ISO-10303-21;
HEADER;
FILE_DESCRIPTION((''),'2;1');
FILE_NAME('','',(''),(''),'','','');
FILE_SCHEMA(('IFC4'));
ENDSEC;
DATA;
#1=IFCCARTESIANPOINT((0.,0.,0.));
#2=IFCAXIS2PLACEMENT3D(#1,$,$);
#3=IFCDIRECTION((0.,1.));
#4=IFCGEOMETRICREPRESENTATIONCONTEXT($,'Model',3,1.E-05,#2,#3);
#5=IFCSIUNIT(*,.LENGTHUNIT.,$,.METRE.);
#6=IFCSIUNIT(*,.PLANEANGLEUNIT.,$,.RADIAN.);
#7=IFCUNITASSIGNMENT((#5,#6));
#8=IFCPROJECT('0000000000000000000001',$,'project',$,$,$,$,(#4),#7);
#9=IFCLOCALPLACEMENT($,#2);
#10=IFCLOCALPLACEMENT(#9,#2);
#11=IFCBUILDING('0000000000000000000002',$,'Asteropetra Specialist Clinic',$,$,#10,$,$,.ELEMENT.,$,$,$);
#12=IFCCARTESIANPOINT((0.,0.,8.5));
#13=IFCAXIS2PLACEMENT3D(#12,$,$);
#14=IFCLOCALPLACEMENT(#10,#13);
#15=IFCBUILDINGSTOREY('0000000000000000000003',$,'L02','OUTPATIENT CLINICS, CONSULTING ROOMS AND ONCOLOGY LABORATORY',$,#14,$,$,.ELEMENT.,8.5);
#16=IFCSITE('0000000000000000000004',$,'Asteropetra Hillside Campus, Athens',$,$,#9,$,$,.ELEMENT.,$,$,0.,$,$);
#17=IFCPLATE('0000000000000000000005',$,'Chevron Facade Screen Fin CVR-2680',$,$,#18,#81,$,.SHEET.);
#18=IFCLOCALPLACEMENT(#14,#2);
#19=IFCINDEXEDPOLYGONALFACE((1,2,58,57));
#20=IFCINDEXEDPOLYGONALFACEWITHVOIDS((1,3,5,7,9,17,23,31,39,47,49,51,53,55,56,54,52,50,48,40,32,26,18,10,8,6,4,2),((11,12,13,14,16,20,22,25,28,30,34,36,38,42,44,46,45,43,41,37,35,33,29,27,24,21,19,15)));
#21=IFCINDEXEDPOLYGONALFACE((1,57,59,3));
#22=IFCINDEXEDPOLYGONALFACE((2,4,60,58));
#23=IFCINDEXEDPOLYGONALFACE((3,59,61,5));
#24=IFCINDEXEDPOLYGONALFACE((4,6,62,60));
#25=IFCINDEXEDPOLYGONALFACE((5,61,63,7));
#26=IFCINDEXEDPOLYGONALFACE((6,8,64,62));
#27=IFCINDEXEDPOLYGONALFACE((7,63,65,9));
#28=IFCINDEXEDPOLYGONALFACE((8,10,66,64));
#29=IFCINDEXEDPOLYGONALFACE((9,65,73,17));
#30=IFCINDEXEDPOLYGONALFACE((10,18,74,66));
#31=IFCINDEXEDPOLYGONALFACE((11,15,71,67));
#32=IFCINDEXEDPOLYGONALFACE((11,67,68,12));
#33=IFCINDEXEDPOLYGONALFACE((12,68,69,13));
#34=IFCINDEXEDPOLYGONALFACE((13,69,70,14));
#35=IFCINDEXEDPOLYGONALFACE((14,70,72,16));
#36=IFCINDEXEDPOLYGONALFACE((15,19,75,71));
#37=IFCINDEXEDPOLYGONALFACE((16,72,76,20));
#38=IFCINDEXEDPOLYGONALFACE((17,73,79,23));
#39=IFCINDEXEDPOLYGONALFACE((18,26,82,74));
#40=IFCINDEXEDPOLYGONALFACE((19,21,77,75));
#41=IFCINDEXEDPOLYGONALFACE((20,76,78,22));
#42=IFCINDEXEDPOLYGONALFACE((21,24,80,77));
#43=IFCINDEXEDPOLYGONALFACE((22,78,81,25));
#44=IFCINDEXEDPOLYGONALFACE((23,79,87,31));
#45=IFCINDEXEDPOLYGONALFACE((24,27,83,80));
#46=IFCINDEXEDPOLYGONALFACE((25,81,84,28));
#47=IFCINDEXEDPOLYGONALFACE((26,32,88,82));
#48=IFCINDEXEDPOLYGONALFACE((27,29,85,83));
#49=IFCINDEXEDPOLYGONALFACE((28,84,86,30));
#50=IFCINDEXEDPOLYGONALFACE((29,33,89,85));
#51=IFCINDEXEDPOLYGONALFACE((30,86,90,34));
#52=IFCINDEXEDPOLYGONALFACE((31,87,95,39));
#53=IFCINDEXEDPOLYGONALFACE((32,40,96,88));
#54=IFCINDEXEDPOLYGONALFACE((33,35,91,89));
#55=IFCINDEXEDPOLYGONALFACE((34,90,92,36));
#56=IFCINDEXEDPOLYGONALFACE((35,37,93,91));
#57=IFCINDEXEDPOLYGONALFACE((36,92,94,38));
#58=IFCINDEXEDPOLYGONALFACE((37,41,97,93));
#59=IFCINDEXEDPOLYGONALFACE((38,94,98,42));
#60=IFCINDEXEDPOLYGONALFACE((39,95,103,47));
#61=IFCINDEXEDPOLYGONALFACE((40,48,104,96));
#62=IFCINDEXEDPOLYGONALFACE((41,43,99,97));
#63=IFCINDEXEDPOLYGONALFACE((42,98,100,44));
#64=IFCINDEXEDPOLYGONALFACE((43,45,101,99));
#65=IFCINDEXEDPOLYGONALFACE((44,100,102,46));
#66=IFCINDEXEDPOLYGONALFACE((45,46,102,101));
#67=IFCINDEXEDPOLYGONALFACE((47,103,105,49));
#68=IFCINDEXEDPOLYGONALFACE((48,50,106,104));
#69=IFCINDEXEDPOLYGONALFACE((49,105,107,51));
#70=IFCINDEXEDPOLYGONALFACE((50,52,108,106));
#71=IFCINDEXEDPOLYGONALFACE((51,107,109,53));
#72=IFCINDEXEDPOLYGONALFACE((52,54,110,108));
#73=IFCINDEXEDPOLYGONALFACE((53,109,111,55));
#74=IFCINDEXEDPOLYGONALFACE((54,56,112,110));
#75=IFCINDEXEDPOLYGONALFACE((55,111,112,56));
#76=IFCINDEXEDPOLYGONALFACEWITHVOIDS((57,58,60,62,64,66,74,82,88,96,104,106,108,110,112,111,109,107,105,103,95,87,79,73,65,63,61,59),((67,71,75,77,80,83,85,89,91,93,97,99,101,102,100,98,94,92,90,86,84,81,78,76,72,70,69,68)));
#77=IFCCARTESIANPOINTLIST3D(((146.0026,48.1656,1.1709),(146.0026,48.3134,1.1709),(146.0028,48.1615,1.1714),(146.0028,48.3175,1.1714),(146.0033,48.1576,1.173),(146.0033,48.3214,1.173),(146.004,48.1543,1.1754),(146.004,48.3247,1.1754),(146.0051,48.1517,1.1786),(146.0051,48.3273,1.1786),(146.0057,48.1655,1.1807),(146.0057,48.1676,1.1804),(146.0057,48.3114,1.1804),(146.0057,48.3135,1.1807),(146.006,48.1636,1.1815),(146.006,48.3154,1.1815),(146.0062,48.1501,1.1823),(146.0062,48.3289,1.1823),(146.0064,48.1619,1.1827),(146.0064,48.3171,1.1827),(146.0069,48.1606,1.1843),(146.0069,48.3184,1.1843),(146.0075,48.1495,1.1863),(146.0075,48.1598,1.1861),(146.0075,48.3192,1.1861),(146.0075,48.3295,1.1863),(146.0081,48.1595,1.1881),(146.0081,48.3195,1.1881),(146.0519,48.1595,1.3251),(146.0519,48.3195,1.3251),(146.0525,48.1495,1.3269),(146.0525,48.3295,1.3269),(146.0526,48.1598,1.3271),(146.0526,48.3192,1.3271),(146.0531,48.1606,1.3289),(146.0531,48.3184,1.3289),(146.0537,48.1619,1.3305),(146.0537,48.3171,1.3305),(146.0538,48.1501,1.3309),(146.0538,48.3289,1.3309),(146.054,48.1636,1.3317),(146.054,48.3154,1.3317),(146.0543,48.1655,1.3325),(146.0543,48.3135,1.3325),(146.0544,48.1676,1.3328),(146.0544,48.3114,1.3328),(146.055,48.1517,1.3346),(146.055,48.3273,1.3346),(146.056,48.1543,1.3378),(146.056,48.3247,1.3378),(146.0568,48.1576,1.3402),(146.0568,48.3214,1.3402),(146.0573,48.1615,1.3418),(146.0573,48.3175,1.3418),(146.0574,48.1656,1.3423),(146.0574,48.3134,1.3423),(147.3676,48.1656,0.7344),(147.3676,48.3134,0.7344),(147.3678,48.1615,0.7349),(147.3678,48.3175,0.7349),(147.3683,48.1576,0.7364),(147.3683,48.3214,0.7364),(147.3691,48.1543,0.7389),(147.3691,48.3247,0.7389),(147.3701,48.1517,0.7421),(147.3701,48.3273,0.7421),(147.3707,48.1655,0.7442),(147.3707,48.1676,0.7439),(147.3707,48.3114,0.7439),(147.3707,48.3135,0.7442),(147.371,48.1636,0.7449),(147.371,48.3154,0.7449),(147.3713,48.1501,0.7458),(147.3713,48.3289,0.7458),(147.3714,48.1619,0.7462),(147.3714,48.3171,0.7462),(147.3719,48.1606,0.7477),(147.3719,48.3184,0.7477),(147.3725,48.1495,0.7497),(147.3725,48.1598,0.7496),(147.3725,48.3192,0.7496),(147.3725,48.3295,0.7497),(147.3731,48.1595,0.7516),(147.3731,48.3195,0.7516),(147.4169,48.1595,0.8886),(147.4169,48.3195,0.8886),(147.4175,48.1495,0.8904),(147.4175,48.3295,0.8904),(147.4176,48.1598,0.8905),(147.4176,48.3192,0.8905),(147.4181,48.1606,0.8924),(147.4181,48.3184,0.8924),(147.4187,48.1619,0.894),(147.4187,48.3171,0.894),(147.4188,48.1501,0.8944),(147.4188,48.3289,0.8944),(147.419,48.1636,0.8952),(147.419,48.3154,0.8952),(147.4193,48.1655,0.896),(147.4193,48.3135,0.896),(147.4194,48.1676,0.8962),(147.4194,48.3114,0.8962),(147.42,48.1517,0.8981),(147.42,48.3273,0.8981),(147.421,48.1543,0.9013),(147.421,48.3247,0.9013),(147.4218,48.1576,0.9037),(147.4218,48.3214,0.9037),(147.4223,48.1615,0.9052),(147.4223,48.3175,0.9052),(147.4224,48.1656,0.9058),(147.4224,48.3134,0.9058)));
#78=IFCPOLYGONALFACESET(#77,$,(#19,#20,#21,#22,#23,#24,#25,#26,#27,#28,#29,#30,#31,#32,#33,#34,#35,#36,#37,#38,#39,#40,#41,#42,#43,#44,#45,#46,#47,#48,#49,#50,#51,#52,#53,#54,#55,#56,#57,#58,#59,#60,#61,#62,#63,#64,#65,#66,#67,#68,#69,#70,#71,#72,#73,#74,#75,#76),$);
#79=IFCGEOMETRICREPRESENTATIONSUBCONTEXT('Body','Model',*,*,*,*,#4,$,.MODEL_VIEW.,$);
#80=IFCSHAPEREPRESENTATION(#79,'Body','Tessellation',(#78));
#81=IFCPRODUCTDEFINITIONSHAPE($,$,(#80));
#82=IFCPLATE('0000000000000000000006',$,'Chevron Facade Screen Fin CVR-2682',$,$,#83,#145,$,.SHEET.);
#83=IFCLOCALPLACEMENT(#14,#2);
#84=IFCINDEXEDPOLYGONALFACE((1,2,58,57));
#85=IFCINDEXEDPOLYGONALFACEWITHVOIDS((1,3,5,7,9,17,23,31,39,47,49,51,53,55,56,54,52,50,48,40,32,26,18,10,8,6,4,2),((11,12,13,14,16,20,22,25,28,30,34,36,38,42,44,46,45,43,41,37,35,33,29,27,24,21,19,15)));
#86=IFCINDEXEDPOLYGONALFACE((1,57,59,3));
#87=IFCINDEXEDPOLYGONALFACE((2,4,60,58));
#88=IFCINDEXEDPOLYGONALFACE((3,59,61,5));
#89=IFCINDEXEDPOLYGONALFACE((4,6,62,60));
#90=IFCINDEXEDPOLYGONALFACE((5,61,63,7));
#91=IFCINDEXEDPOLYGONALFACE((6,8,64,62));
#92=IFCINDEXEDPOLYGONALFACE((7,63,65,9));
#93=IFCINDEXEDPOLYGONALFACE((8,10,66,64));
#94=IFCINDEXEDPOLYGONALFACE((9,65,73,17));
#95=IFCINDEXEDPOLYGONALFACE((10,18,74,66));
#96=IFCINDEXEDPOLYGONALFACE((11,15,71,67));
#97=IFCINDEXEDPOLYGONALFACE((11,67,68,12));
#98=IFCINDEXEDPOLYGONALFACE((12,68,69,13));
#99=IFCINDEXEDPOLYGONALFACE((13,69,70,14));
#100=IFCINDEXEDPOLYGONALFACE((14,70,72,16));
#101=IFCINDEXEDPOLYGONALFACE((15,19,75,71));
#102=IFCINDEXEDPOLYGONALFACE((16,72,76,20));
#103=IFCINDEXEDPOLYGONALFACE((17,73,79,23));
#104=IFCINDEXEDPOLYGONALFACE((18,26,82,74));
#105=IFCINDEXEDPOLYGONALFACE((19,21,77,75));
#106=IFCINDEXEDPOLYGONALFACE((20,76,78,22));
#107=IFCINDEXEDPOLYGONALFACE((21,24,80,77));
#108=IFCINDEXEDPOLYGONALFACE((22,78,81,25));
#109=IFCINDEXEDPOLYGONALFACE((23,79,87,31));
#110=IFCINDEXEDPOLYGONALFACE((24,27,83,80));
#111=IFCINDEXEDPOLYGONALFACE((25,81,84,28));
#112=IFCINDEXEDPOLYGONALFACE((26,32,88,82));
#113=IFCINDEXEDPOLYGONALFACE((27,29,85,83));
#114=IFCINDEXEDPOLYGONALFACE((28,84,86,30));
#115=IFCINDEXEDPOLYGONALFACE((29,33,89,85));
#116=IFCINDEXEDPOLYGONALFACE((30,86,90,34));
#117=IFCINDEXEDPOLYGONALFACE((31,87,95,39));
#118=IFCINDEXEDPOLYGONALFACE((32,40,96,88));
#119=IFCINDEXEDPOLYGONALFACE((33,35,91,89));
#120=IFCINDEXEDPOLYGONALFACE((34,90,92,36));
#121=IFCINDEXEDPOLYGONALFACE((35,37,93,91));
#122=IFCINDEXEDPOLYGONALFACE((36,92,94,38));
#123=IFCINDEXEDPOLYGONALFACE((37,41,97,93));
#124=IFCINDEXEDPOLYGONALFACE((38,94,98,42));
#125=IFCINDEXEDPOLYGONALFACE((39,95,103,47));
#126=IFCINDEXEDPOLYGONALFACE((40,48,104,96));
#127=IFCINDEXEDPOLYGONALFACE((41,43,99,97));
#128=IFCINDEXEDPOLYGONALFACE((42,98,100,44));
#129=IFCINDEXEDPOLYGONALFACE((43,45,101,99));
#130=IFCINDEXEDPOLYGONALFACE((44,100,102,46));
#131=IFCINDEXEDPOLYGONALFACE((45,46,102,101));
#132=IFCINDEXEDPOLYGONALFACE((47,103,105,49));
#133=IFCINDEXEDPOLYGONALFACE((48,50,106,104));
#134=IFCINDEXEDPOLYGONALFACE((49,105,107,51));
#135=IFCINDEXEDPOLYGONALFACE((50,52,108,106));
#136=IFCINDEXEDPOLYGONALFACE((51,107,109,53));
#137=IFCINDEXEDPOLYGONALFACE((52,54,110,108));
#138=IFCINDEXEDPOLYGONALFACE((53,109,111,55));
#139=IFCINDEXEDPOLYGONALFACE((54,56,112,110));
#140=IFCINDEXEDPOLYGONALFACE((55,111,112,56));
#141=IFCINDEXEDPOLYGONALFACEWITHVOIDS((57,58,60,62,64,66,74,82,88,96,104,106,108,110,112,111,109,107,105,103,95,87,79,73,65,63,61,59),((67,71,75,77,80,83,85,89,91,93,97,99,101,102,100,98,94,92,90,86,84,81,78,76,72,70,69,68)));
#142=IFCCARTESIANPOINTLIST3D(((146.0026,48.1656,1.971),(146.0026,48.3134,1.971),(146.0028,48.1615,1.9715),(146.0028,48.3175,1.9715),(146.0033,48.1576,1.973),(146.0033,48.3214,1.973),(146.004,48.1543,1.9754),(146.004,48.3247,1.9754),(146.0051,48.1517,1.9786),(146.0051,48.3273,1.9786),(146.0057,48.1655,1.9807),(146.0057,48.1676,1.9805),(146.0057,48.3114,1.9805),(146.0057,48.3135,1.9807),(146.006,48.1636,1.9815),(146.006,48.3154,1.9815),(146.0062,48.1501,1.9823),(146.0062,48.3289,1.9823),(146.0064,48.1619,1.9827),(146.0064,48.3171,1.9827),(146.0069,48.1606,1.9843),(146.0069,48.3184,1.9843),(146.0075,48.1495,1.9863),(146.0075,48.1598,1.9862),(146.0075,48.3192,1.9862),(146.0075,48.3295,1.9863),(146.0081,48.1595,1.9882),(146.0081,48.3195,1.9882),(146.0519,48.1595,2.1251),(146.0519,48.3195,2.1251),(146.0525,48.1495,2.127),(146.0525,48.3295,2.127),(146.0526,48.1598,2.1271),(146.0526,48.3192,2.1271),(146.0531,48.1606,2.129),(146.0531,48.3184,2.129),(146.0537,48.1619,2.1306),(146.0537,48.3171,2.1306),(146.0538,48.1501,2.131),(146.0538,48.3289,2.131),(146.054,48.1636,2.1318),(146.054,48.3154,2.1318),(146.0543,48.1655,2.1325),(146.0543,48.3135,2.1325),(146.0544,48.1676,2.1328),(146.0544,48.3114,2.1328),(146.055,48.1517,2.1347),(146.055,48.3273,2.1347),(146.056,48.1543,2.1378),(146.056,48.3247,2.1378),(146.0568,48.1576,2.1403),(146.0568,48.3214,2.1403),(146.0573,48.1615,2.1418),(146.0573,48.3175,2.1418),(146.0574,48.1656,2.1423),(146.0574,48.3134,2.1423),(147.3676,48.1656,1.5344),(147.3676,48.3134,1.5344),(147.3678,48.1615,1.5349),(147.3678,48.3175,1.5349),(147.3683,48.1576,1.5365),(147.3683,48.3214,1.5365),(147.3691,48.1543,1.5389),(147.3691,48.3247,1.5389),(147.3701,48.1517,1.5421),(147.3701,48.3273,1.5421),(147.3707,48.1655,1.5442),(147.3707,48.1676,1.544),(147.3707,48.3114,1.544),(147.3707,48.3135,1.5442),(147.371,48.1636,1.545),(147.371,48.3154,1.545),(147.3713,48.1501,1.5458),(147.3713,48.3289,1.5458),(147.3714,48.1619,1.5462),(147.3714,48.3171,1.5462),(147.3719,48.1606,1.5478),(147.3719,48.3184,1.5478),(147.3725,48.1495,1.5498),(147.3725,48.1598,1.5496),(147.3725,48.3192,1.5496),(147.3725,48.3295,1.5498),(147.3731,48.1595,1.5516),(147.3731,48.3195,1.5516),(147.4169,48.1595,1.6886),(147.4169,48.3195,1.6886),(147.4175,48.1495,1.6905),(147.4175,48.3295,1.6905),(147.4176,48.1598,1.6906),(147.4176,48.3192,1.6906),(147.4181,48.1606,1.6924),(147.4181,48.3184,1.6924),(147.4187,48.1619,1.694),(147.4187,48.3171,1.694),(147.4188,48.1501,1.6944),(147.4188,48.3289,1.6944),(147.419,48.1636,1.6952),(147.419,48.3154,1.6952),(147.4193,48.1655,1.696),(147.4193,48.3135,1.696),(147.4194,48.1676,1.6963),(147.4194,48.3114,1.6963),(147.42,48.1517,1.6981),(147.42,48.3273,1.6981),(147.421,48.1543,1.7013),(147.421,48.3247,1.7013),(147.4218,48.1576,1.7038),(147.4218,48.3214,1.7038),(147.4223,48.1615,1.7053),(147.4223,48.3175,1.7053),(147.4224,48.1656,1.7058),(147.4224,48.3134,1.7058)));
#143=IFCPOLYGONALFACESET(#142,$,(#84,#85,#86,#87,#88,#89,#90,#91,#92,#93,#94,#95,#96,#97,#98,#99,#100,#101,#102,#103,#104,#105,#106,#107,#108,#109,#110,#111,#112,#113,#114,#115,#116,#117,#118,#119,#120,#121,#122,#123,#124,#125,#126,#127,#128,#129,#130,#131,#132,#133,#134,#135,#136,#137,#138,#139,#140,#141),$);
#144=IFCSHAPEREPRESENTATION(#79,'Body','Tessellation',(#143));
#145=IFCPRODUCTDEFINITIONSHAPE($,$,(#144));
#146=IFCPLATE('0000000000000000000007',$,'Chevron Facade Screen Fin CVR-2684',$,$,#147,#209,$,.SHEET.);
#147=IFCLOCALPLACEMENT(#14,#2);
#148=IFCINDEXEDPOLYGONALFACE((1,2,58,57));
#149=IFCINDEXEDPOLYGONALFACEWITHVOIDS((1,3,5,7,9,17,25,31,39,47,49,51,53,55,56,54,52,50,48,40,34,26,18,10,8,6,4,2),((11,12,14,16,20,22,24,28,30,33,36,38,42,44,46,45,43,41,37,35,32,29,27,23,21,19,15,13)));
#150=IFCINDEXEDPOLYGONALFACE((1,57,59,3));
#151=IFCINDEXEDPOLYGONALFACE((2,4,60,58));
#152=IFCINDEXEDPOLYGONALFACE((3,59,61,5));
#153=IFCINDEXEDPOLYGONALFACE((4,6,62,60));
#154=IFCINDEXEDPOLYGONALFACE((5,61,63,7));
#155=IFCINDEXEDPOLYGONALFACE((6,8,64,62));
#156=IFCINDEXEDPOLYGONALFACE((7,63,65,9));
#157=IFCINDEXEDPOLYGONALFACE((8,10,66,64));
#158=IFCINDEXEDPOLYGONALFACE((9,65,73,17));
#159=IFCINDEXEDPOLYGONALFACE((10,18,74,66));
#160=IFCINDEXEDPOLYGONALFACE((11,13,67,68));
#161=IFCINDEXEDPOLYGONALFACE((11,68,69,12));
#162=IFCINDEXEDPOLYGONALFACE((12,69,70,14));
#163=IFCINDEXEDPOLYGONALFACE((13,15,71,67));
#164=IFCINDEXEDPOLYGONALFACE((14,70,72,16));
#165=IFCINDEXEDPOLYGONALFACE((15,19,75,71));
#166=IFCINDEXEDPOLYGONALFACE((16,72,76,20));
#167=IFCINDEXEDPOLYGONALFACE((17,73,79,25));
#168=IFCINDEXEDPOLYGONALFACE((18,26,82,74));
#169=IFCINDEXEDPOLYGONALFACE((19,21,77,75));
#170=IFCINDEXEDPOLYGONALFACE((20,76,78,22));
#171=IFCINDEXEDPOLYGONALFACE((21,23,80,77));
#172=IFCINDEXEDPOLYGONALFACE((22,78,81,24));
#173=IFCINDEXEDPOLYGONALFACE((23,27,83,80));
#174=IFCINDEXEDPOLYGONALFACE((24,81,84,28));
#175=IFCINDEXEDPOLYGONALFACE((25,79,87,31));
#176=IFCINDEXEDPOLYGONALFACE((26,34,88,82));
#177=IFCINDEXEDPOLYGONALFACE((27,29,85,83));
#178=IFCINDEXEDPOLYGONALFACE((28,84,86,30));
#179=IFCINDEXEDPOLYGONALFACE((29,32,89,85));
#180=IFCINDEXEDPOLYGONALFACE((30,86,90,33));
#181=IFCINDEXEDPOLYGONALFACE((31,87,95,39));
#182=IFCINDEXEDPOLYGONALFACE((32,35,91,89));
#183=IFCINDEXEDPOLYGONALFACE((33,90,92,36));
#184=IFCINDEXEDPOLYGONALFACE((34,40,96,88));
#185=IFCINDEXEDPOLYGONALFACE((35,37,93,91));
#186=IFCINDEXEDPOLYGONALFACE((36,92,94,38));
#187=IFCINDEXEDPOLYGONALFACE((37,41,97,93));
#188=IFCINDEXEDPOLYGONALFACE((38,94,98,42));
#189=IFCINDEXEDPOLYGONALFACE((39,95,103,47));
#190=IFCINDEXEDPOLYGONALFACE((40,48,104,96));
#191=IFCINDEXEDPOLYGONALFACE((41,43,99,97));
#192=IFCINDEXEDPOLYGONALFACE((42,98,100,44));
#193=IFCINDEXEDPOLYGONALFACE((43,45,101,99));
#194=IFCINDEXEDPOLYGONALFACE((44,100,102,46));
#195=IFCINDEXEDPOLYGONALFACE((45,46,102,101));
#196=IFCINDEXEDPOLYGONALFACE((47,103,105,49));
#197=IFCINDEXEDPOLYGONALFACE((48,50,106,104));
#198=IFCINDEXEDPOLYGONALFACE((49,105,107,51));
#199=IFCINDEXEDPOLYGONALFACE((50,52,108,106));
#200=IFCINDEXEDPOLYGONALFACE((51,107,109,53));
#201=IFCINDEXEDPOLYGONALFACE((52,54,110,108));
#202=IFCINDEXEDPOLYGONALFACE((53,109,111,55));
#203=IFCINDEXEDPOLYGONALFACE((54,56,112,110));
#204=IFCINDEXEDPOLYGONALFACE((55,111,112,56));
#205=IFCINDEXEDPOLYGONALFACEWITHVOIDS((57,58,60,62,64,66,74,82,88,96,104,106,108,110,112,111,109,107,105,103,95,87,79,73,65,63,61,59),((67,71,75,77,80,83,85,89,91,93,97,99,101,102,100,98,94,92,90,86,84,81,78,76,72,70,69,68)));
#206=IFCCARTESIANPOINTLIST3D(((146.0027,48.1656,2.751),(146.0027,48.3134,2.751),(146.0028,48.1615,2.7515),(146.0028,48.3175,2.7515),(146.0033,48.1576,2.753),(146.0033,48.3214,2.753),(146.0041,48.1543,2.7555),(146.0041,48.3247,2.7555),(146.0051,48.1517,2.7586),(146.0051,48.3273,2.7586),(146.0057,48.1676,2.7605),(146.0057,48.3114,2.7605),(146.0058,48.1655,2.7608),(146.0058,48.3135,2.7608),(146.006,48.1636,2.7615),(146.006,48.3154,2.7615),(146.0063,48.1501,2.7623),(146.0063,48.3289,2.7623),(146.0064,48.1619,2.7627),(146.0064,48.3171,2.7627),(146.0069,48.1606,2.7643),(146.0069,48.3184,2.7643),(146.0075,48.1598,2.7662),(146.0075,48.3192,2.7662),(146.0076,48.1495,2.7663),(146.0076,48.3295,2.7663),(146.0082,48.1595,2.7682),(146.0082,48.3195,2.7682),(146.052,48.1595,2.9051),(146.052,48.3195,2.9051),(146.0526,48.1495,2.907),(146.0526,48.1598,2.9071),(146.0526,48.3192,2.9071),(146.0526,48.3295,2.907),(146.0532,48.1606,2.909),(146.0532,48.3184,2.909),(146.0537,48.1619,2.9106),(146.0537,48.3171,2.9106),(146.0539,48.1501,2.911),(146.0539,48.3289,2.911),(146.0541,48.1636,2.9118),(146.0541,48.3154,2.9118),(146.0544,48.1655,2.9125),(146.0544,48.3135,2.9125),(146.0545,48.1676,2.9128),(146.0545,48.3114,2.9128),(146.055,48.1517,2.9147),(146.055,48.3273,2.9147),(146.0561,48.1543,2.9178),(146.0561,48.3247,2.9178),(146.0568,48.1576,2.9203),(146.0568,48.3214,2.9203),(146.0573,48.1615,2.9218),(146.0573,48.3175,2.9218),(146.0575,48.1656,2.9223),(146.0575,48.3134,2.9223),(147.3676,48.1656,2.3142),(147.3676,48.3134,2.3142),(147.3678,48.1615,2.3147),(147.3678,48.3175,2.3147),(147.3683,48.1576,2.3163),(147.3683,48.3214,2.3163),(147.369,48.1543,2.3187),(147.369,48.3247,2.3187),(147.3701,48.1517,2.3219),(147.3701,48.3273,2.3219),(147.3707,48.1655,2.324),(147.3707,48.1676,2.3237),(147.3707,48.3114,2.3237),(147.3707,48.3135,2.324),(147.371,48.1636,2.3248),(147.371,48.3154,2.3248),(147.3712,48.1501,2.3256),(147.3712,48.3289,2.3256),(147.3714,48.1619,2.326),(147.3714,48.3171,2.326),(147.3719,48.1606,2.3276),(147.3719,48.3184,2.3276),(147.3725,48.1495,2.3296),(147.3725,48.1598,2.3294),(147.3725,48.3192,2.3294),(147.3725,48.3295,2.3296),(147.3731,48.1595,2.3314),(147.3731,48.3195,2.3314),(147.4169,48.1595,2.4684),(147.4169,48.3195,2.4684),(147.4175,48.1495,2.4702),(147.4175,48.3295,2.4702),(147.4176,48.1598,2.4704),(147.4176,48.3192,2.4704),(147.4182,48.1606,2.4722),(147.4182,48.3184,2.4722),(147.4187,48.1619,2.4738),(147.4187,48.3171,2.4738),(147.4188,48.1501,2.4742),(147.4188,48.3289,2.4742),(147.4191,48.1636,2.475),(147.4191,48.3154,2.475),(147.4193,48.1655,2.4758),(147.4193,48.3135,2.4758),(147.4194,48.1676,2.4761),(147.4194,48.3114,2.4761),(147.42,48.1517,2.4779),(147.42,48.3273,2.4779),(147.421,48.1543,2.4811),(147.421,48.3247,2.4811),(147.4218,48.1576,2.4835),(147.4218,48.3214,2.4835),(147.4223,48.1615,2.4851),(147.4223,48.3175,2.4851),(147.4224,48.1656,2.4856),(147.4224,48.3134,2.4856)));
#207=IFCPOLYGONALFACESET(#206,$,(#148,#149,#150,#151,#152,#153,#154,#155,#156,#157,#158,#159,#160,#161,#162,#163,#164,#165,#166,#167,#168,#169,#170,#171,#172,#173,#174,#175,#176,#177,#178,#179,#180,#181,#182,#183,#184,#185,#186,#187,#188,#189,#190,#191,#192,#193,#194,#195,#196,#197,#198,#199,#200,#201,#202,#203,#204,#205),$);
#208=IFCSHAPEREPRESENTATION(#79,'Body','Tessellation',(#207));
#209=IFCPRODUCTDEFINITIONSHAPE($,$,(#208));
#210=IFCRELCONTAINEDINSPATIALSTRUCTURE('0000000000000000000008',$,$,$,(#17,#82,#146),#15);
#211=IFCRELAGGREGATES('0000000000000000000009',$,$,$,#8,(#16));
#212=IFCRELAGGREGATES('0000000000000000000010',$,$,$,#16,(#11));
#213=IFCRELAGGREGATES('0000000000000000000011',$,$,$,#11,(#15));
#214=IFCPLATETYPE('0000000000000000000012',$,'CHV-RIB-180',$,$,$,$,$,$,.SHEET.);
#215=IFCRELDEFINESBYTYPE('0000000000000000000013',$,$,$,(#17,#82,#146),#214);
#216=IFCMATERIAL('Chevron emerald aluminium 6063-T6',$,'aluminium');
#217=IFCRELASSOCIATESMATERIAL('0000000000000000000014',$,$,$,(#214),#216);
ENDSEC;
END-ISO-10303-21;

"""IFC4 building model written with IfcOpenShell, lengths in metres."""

from ifc_helpers import new_model, si_unit, direction, frame, origin, origin_2d, place, context, subcontext, project, spatial, hollow_rectangle, extrude, material, material_profile, profile_set, type_object, element, save


model = new_model("IFC4")

# Units and contexts
model_context = context("Model", 3, precision=1e-05, world=origin(), true_north=direction((0.0, 1.0)))
body_context = subcontext(model_context, "Body", "Model", "MODEL_VIEW")
ifc_project = project(units=[si_unit("LENGTHUNIT", "METRE"), si_unit("PLANEANGLEUNIT", "RADIAN")], contexts=[model_context])

# Site, building, storey
site_placement = place(None, origin())
site = spatial("IfcSite", under=ifc_project, at=site_placement, Name="Asteropetra Hillside Campus, Athens", CompositionType="ELEMENT", RefElevation=0.0)
building_placement = place(site_placement, origin())
building = spatial("IfcBuilding", under=site, at=building_placement, Name="Asteropetra Specialist Clinic", CompositionType="ELEMENT")
storey_placement = place(building_placement, frame((0.0, 0.0, 8.5)))
storey = spatial("IfcBuildingStorey", under=building, at=storey_placement, Name="L02", Description="OUTPATIENT CLINICS, CONSULTING ROOMS AND ONCOLOGY LABORATORY", CompositionType="ELEMENT", Elevation=8.5)

# Plates
ifc_material_1 = material(Name="Chevron emerald aluminium 6063-T6", Category="aluminium")
ifc_material_profile_1 = material_profile(ifc_material_1, hollow_rectangle(XDim=0.1799, YDim=0.1799, WallThickness=0.01, InnerFilletRadius=0.0081, OuterFilletRadius=0.0161, at=origin_2d()), Name="SHS 180x180x10.0")
ifc_profile_set_1 = profile_set([ifc_material_profile_1], Name="Chevron emerald aluminium 6063-T6")
plate_type = type_object("IfcPlateType", Name="CHV-RIB-180", PredefinedType="SHEET", material=ifc_profile_set_1)
for number, where, z_axis, x_axis, name in (
    (1, (147.395, 48.2395, 0.8201), (-0.95248, 0.0, 0.304603), (0.0, -1.0, 0.0), "Chevron Facade Screen Fin CVR-2680"),
    (2, (147.395, 48.2395, 1.6201), (-0.95248, 0.0, 0.304603), (0.0, -1.0, 0.0), "Chevron Facade Screen Fin CVR-2682"),
    (3, (147.395, 48.2395, 2.3999), (-0.95243, 0.0, 0.304757), (0.0, -1.0, 0.0), "Chevron Facade Screen Fin CVR-2684"),
):
    element("IfcPlate", number, at=place(storey_placement, frame(where, z_axis=z_axis, x_axis=x_axis)), inside=storey, type_object=plate_type, Name=name, PredefinedType="SHEET", context=body_context, shape_type="SweptSolid", body=[
        extrude(hollow_rectangle(XDim=0.1799, YDim=0.1799, WallThickness=0.01, InnerFilletRadius=0.0081, OuterFilletRadius=0.0161, at=origin_2d()), origin(), (0.0, 0.0, 1.0), 1.4331),
    ])

save(model, "model.ifc")
